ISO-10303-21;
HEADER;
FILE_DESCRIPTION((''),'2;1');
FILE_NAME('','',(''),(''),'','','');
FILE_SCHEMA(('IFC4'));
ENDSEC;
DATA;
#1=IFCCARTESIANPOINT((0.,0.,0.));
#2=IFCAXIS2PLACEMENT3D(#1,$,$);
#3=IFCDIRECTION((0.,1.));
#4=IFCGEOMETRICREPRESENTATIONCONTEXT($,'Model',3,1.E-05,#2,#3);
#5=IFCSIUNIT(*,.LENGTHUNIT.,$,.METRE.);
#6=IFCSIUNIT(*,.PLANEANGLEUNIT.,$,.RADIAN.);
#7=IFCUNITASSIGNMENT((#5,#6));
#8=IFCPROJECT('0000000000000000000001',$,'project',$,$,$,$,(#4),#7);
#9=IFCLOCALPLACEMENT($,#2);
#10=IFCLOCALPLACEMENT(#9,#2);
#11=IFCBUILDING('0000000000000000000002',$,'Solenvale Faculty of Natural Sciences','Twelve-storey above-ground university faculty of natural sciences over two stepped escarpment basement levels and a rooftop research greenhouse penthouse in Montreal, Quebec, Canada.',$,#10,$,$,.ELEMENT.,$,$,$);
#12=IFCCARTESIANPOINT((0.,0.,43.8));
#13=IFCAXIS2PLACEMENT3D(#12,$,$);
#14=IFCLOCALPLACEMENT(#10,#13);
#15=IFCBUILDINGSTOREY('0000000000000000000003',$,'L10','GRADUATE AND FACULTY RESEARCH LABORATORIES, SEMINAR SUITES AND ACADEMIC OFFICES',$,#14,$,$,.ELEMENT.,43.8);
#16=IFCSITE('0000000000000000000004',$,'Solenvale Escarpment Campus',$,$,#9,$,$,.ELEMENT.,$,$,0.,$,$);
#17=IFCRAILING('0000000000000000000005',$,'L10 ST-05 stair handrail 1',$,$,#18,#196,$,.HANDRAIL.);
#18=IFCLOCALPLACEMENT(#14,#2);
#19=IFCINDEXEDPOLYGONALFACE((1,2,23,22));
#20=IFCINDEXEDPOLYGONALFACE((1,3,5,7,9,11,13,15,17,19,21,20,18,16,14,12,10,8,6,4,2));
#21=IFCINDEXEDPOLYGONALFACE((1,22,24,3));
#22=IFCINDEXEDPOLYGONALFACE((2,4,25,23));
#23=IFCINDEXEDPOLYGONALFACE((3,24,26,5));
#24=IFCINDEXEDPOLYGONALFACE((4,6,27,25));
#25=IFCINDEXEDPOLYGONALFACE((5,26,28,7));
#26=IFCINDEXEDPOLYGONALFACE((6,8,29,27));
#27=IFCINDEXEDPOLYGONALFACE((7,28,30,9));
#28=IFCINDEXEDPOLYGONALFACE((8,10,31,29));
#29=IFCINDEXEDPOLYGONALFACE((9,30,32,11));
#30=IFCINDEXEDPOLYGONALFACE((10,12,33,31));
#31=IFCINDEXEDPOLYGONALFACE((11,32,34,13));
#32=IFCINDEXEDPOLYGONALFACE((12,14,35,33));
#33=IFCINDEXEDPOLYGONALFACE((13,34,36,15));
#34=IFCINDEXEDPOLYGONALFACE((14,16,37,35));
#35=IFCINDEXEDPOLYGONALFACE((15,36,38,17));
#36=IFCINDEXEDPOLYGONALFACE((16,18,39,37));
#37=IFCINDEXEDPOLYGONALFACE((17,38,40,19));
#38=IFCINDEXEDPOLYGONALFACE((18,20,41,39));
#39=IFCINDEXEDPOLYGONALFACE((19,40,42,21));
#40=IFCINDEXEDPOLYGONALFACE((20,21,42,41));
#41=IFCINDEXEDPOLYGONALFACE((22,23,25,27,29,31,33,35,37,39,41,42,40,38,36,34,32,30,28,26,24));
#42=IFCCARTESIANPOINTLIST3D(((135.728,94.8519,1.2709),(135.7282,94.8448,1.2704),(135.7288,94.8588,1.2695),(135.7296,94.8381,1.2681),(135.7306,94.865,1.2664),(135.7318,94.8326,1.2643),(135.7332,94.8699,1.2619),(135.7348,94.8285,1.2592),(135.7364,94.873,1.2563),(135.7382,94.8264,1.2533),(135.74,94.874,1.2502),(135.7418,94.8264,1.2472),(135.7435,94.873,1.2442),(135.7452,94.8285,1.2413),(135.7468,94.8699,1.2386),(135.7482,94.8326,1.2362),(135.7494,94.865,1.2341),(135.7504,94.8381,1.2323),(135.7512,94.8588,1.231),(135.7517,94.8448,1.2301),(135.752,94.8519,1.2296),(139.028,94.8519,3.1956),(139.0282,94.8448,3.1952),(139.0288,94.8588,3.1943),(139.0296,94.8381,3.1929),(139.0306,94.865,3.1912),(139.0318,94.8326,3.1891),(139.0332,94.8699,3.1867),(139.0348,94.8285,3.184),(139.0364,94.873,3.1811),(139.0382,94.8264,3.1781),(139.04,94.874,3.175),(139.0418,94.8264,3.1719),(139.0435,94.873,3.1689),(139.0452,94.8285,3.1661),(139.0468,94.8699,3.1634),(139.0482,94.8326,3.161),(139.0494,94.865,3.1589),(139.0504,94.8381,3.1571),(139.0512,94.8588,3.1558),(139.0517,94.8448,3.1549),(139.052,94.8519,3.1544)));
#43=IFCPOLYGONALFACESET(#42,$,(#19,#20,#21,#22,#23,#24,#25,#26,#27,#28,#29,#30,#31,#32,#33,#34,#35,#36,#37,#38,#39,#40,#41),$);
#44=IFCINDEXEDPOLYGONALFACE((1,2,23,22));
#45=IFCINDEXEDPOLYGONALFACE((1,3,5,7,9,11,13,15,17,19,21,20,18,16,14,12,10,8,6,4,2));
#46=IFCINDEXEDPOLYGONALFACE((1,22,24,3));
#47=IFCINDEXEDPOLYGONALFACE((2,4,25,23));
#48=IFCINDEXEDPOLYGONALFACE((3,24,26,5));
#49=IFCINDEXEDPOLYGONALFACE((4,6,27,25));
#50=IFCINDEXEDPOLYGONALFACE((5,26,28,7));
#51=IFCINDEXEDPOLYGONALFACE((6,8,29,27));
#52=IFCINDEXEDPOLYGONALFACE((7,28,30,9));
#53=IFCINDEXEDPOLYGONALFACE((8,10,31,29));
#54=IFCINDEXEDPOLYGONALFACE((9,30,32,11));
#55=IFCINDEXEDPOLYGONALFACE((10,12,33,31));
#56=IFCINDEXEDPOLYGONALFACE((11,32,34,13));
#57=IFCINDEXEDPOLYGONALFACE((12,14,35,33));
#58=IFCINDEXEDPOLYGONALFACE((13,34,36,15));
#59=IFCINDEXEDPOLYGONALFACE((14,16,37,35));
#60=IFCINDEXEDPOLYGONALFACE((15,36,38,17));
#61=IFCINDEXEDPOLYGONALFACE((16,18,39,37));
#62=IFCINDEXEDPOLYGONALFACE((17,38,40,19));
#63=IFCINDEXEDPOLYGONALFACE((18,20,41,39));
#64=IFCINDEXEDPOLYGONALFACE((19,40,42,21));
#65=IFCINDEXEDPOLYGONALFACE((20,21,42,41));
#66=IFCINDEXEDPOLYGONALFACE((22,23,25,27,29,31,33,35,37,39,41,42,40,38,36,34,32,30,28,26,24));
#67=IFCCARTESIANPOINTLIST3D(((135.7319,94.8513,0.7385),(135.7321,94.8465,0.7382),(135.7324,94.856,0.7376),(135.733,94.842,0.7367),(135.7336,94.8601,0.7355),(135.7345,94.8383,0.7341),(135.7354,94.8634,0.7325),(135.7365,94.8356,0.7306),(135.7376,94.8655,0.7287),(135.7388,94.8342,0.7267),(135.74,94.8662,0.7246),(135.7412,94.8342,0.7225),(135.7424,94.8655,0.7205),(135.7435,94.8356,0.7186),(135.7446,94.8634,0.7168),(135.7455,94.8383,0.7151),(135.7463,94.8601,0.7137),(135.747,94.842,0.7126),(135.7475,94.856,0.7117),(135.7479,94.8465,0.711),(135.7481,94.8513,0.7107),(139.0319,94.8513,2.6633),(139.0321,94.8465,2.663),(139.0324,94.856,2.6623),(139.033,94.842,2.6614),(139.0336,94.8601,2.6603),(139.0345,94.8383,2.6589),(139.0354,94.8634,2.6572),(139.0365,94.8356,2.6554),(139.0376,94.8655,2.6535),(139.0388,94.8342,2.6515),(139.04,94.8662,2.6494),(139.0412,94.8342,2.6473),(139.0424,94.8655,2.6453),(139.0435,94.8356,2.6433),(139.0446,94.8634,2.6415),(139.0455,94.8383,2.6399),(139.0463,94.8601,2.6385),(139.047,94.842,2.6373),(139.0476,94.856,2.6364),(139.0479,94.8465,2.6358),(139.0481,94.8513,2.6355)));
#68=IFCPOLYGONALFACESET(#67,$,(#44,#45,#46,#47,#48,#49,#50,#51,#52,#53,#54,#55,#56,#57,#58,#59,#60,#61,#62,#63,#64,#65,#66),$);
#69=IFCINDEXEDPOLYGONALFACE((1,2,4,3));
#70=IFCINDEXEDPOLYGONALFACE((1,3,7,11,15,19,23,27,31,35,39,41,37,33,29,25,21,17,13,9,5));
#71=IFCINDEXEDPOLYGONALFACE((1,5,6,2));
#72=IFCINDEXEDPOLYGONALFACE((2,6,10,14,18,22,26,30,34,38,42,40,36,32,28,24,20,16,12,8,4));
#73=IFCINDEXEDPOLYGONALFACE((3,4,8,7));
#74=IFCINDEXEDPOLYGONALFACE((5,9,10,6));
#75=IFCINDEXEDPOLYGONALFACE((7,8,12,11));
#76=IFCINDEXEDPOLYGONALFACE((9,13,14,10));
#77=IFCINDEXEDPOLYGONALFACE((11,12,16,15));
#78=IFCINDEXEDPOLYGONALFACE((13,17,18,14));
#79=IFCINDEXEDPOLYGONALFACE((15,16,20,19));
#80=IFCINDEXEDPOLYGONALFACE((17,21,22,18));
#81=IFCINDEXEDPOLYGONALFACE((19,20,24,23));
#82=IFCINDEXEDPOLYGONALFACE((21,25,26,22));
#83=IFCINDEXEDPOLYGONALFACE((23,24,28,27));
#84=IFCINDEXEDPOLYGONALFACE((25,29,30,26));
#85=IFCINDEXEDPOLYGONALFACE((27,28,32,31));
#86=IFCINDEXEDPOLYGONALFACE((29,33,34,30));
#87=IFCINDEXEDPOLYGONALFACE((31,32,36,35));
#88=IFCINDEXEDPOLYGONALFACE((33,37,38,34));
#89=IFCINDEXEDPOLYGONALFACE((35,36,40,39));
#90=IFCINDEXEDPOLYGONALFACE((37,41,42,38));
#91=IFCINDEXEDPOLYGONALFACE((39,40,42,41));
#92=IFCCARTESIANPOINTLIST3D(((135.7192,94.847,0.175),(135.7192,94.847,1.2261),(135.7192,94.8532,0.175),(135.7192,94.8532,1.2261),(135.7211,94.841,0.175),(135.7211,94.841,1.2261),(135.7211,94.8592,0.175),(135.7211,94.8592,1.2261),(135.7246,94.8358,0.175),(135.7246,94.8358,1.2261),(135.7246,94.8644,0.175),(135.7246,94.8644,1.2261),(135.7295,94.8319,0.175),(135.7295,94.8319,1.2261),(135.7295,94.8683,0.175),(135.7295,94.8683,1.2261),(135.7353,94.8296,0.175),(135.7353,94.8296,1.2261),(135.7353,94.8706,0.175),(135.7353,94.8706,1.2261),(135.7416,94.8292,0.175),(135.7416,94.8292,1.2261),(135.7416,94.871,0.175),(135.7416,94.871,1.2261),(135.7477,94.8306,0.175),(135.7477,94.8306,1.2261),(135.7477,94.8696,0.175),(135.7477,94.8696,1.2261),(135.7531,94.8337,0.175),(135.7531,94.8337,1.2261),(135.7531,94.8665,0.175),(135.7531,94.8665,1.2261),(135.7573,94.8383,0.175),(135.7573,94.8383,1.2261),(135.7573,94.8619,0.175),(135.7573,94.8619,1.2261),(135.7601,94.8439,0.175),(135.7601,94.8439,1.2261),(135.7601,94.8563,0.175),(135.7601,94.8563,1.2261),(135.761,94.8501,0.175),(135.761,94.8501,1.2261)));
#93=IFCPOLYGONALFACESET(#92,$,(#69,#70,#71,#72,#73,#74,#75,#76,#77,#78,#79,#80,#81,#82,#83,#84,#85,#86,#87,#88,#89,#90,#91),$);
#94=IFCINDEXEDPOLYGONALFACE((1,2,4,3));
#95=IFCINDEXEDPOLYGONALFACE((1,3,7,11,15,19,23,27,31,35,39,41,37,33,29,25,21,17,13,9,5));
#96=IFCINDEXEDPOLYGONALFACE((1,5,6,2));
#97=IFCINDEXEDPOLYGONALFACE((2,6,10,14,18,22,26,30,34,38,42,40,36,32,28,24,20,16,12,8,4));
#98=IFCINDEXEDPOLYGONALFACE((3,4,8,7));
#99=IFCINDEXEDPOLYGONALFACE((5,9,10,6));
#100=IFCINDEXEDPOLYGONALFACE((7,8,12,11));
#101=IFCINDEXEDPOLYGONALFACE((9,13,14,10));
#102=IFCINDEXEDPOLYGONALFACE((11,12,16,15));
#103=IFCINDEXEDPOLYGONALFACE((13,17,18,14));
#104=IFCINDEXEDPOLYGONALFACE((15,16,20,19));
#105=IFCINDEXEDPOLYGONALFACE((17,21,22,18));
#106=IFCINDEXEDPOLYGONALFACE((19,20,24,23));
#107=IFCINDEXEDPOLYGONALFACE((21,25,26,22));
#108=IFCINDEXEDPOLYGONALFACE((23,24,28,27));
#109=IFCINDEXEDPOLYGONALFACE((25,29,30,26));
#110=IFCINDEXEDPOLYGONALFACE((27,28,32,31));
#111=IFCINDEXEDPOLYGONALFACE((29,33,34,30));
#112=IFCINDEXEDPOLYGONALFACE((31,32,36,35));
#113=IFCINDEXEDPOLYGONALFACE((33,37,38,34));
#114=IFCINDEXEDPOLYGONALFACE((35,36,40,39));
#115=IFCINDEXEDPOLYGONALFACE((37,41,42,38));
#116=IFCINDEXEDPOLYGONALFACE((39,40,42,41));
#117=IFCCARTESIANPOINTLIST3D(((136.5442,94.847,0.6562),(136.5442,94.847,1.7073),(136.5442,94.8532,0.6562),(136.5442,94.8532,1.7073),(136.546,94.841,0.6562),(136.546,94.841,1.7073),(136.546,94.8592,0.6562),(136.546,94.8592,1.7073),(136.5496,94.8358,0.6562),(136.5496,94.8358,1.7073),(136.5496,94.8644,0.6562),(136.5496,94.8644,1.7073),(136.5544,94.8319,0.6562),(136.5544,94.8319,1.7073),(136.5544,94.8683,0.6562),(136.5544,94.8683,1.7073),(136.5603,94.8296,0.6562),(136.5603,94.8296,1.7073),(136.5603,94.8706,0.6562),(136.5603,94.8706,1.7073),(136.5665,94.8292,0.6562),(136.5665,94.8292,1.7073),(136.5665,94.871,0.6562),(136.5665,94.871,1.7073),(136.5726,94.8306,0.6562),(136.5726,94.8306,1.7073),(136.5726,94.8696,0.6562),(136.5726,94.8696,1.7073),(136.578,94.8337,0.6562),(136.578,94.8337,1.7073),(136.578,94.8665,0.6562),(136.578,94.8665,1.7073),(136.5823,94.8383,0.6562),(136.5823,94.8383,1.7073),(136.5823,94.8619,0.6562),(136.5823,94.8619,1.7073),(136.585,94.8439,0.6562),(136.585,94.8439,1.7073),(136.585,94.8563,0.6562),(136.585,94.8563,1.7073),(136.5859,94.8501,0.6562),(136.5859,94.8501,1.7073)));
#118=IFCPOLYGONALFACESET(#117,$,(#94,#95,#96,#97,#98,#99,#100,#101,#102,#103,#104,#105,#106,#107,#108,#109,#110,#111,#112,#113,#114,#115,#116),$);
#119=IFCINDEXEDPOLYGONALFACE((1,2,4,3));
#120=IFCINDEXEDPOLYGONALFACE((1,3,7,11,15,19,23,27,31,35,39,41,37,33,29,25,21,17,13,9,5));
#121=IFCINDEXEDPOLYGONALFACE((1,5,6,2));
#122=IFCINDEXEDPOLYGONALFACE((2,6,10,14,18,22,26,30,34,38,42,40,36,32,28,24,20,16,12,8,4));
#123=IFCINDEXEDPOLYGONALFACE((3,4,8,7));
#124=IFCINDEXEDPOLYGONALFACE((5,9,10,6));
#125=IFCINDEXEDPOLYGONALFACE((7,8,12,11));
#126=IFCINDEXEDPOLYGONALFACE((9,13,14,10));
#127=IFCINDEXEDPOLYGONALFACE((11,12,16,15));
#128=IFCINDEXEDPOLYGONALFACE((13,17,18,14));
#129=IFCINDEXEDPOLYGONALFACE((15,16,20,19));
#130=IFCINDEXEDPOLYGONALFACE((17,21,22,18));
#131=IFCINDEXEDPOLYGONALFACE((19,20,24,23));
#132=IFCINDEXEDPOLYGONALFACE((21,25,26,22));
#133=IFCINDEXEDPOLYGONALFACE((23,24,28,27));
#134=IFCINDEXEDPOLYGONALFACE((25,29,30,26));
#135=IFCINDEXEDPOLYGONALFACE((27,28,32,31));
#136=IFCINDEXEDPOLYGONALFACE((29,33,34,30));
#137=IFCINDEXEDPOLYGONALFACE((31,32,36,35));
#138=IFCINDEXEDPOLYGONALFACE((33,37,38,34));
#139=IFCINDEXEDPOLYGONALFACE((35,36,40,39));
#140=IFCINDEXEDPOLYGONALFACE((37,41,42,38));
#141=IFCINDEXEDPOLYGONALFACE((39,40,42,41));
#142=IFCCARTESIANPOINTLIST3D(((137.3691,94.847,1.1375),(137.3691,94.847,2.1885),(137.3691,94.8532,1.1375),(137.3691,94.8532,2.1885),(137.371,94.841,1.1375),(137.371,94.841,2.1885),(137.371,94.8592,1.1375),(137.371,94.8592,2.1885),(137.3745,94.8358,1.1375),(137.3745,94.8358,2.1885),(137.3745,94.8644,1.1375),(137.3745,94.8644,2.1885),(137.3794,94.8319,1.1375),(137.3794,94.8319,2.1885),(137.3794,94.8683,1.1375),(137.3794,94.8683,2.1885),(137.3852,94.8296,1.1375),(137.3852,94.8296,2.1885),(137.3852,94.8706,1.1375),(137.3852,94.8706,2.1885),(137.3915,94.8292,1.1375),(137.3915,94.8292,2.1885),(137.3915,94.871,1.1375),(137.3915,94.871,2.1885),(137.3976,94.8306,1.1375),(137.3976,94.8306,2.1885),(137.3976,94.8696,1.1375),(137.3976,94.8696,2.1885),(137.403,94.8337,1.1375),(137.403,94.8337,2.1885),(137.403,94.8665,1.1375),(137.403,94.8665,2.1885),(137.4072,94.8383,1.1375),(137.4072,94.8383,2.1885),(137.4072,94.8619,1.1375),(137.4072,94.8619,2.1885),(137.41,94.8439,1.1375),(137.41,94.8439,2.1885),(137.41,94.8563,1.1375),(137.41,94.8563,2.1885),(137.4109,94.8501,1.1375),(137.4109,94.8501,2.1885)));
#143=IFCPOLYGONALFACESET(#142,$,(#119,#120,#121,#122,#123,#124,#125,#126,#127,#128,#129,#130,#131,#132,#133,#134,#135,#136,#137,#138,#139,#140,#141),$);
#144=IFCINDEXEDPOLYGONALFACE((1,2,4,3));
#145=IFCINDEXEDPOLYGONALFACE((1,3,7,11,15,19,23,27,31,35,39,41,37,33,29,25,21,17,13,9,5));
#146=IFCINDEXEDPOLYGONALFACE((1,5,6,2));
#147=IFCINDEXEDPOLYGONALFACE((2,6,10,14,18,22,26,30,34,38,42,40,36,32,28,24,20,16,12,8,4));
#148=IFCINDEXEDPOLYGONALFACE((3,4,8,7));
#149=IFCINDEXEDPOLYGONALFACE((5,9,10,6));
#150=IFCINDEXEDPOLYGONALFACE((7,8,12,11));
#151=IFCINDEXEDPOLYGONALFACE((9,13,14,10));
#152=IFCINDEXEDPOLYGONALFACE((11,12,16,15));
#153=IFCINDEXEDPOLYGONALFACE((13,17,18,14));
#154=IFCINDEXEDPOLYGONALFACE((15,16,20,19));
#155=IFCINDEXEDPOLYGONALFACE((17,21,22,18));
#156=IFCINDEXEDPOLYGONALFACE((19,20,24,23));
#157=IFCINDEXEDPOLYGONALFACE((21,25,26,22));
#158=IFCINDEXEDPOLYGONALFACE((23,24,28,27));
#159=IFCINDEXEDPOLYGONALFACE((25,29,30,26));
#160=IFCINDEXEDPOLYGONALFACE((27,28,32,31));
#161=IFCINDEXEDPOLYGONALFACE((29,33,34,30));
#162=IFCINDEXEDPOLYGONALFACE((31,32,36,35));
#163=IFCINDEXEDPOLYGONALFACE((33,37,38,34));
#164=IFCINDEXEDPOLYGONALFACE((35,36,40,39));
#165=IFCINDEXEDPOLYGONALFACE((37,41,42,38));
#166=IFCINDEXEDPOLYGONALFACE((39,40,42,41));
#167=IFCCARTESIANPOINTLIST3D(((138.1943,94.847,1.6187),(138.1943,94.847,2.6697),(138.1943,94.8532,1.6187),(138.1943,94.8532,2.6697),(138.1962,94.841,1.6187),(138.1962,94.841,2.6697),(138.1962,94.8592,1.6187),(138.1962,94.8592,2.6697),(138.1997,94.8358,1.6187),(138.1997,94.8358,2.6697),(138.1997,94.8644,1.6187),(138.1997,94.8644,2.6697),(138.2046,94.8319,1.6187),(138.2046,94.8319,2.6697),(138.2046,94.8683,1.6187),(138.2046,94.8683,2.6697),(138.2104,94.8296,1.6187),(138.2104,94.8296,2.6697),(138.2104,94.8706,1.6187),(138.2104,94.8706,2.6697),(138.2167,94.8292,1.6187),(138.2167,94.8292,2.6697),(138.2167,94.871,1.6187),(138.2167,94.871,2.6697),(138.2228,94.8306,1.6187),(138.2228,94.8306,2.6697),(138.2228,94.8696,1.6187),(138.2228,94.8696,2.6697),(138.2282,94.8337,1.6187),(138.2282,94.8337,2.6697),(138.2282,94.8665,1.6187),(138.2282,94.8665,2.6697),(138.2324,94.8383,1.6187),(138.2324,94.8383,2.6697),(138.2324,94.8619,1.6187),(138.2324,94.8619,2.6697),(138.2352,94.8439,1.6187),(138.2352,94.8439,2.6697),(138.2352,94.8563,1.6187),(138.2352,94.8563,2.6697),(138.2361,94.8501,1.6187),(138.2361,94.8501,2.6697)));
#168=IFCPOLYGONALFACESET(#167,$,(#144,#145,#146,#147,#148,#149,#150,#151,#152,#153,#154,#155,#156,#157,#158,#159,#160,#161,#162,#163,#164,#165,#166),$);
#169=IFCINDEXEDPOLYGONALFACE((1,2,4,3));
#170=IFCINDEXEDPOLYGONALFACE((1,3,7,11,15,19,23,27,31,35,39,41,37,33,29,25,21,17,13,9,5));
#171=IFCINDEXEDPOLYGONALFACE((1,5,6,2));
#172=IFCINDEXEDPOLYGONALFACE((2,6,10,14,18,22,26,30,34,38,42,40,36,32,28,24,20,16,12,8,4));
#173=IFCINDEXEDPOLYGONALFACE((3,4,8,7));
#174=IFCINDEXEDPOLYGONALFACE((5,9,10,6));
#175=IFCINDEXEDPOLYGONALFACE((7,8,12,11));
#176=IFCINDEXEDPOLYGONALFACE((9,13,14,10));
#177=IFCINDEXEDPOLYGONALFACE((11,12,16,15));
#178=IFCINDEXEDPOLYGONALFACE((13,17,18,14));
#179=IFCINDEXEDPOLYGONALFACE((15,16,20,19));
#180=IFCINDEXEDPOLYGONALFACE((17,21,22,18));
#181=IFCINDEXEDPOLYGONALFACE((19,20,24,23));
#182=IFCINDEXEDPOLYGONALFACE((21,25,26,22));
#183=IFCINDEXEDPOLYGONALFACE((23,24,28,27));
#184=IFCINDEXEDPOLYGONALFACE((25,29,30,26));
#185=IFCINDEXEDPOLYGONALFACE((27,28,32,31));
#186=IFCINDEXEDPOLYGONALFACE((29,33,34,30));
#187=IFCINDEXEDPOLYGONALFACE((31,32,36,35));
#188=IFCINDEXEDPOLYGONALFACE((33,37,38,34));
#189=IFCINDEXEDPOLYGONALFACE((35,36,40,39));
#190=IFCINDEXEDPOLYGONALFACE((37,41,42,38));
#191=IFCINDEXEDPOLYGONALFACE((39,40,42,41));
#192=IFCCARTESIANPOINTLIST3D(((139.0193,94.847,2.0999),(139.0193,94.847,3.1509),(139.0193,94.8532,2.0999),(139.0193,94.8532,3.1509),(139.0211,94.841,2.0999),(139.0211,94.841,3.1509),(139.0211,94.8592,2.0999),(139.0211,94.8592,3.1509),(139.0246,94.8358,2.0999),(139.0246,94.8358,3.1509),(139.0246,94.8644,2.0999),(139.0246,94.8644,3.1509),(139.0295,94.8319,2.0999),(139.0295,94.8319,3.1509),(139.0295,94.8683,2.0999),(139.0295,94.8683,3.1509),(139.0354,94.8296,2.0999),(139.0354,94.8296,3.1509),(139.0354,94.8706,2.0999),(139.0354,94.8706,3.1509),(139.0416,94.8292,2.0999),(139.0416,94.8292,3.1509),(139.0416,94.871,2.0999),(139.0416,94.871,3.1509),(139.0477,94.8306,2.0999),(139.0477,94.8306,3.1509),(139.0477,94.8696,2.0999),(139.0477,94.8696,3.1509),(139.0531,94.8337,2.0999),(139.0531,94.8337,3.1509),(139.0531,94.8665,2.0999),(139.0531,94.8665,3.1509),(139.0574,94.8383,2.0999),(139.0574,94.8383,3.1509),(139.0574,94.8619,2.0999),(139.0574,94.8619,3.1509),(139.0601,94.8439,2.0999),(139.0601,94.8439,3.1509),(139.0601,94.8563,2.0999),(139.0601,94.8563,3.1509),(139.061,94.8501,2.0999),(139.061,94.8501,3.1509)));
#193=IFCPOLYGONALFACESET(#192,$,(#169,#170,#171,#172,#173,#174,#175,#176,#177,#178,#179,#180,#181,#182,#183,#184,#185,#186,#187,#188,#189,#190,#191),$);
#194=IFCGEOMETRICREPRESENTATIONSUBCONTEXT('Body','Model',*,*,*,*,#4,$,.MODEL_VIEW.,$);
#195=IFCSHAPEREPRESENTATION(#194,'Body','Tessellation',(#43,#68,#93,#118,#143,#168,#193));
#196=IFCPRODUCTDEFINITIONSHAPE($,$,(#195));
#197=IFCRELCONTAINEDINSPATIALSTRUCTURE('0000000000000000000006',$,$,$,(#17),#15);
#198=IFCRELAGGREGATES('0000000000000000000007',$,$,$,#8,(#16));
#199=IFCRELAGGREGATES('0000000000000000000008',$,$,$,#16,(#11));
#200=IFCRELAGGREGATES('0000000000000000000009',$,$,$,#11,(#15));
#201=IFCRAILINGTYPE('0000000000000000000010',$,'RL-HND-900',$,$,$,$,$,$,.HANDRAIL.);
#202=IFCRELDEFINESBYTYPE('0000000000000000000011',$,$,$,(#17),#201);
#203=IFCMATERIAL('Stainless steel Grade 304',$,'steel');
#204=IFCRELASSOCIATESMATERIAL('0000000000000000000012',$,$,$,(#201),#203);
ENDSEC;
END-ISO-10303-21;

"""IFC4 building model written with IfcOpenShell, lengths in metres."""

from ifc_helpers import new_model, si_unit, direction, frame, origin, origin_2d, place, context, subcontext, project, spatial, circle, extrude, material, type_object, element, save


model = new_model("IFC4")

# Units and contexts
model_context = context("Model", 3, precision=1e-05, world=origin(), true_north=direction((0.0, 1.0)))
body_context = subcontext(model_context, "Body", "Model", "MODEL_VIEW")
ifc_project = project(units=[si_unit("LENGTHUNIT", "METRE"), si_unit("PLANEANGLEUNIT", "RADIAN")], contexts=[model_context])

# Site, building, storey
site_placement = place(None, origin())
site = spatial("IfcSite", under=ifc_project, at=site_placement, Name="Solenvale Escarpment Campus", CompositionType="ELEMENT", RefElevation=0.0)
building_placement = place(site_placement, origin())
building = spatial("IfcBuilding", under=site, at=building_placement, Name="Solenvale Faculty of Natural Sciences", Description="Twelve-storey above-ground university faculty of natural sciences over two stepped escarpment basement levels and a rooftop research greenhouse penthouse in Montreal, Quebec, Canada.", CompositionType="ELEMENT")
storey_placement = place(building_placement, frame((0.0, 0.0, 43.8)))
storey = spatial("IfcBuildingStorey", under=building, at=storey_placement, Name="L10", Description="GRADUATE AND FACULTY RESEARCH LABORATORIES, SEMINAR SUITES AND ACADEMIC OFFICES", CompositionType="ELEMENT", Elevation=43.8)

# Railing
ifc_material_1 = material(Name="Stainless steel Grade 304", Category="steel")
railing_type_1 = type_object("IfcRailingType", Name="RL-HND-900", PredefinedType="HANDRAIL", material=ifc_material_1)
railing_1_placement = place(storey_placement, frame((135.74, 94.8501, 0.175)))
element("IfcRailing", 1, at=railing_1_placement, inside=storey, type_object=railing_type_1, Name="L10 ST-05 stair handrail 1", PredefinedType="HANDRAIL", context=body_context, shape_type="SweptSolid", body=[
    extrude(circle(Radius=0.0239, at=origin_2d()), frame((0.0, 0.0, 1.0752), z_axis=(0.863804, 0.0, 0.503827), x_axis=(0.0, 1.0, 0.0)), (0.0, 0.0, 1.0), 3.8203),
    extrude(circle(Radius=0.0161, at=origin_2d()), frame((0.0, 0.0, 0.5496), z_axis=(0.863804, 0.0, 0.503827), x_axis=(0.0, 1.0, 0.0)), (0.0, 0.0, 1.0), 3.8203),
    extrude(circle(Radius=0.021, at=origin_2d()), origin(), (0.0, 0.0, 1.0), 1.051),
    extrude(circle(Radius=0.021, at=origin_2d()), frame((0.825, 0.0, 0.4812)), (0.0, 0.0, 1.0), 1.051),
    extrude(circle(Radius=0.021, at=origin_2d()), frame((1.6499, 0.0, 0.9624)), (0.0, 0.0, 1.0), 1.051),
    extrude(circle(Radius=0.021, at=origin_2d()), frame((2.4751, 0.0, 1.4436)), (0.0, 0.0, 1.0), 1.051),
    extrude(circle(Radius=0.021, at=origin_2d()), frame((3.3, 0.0, 1.9248)), (0.0, 0.0, 1.0), 1.051),
])

save(model, "model.ifc")
